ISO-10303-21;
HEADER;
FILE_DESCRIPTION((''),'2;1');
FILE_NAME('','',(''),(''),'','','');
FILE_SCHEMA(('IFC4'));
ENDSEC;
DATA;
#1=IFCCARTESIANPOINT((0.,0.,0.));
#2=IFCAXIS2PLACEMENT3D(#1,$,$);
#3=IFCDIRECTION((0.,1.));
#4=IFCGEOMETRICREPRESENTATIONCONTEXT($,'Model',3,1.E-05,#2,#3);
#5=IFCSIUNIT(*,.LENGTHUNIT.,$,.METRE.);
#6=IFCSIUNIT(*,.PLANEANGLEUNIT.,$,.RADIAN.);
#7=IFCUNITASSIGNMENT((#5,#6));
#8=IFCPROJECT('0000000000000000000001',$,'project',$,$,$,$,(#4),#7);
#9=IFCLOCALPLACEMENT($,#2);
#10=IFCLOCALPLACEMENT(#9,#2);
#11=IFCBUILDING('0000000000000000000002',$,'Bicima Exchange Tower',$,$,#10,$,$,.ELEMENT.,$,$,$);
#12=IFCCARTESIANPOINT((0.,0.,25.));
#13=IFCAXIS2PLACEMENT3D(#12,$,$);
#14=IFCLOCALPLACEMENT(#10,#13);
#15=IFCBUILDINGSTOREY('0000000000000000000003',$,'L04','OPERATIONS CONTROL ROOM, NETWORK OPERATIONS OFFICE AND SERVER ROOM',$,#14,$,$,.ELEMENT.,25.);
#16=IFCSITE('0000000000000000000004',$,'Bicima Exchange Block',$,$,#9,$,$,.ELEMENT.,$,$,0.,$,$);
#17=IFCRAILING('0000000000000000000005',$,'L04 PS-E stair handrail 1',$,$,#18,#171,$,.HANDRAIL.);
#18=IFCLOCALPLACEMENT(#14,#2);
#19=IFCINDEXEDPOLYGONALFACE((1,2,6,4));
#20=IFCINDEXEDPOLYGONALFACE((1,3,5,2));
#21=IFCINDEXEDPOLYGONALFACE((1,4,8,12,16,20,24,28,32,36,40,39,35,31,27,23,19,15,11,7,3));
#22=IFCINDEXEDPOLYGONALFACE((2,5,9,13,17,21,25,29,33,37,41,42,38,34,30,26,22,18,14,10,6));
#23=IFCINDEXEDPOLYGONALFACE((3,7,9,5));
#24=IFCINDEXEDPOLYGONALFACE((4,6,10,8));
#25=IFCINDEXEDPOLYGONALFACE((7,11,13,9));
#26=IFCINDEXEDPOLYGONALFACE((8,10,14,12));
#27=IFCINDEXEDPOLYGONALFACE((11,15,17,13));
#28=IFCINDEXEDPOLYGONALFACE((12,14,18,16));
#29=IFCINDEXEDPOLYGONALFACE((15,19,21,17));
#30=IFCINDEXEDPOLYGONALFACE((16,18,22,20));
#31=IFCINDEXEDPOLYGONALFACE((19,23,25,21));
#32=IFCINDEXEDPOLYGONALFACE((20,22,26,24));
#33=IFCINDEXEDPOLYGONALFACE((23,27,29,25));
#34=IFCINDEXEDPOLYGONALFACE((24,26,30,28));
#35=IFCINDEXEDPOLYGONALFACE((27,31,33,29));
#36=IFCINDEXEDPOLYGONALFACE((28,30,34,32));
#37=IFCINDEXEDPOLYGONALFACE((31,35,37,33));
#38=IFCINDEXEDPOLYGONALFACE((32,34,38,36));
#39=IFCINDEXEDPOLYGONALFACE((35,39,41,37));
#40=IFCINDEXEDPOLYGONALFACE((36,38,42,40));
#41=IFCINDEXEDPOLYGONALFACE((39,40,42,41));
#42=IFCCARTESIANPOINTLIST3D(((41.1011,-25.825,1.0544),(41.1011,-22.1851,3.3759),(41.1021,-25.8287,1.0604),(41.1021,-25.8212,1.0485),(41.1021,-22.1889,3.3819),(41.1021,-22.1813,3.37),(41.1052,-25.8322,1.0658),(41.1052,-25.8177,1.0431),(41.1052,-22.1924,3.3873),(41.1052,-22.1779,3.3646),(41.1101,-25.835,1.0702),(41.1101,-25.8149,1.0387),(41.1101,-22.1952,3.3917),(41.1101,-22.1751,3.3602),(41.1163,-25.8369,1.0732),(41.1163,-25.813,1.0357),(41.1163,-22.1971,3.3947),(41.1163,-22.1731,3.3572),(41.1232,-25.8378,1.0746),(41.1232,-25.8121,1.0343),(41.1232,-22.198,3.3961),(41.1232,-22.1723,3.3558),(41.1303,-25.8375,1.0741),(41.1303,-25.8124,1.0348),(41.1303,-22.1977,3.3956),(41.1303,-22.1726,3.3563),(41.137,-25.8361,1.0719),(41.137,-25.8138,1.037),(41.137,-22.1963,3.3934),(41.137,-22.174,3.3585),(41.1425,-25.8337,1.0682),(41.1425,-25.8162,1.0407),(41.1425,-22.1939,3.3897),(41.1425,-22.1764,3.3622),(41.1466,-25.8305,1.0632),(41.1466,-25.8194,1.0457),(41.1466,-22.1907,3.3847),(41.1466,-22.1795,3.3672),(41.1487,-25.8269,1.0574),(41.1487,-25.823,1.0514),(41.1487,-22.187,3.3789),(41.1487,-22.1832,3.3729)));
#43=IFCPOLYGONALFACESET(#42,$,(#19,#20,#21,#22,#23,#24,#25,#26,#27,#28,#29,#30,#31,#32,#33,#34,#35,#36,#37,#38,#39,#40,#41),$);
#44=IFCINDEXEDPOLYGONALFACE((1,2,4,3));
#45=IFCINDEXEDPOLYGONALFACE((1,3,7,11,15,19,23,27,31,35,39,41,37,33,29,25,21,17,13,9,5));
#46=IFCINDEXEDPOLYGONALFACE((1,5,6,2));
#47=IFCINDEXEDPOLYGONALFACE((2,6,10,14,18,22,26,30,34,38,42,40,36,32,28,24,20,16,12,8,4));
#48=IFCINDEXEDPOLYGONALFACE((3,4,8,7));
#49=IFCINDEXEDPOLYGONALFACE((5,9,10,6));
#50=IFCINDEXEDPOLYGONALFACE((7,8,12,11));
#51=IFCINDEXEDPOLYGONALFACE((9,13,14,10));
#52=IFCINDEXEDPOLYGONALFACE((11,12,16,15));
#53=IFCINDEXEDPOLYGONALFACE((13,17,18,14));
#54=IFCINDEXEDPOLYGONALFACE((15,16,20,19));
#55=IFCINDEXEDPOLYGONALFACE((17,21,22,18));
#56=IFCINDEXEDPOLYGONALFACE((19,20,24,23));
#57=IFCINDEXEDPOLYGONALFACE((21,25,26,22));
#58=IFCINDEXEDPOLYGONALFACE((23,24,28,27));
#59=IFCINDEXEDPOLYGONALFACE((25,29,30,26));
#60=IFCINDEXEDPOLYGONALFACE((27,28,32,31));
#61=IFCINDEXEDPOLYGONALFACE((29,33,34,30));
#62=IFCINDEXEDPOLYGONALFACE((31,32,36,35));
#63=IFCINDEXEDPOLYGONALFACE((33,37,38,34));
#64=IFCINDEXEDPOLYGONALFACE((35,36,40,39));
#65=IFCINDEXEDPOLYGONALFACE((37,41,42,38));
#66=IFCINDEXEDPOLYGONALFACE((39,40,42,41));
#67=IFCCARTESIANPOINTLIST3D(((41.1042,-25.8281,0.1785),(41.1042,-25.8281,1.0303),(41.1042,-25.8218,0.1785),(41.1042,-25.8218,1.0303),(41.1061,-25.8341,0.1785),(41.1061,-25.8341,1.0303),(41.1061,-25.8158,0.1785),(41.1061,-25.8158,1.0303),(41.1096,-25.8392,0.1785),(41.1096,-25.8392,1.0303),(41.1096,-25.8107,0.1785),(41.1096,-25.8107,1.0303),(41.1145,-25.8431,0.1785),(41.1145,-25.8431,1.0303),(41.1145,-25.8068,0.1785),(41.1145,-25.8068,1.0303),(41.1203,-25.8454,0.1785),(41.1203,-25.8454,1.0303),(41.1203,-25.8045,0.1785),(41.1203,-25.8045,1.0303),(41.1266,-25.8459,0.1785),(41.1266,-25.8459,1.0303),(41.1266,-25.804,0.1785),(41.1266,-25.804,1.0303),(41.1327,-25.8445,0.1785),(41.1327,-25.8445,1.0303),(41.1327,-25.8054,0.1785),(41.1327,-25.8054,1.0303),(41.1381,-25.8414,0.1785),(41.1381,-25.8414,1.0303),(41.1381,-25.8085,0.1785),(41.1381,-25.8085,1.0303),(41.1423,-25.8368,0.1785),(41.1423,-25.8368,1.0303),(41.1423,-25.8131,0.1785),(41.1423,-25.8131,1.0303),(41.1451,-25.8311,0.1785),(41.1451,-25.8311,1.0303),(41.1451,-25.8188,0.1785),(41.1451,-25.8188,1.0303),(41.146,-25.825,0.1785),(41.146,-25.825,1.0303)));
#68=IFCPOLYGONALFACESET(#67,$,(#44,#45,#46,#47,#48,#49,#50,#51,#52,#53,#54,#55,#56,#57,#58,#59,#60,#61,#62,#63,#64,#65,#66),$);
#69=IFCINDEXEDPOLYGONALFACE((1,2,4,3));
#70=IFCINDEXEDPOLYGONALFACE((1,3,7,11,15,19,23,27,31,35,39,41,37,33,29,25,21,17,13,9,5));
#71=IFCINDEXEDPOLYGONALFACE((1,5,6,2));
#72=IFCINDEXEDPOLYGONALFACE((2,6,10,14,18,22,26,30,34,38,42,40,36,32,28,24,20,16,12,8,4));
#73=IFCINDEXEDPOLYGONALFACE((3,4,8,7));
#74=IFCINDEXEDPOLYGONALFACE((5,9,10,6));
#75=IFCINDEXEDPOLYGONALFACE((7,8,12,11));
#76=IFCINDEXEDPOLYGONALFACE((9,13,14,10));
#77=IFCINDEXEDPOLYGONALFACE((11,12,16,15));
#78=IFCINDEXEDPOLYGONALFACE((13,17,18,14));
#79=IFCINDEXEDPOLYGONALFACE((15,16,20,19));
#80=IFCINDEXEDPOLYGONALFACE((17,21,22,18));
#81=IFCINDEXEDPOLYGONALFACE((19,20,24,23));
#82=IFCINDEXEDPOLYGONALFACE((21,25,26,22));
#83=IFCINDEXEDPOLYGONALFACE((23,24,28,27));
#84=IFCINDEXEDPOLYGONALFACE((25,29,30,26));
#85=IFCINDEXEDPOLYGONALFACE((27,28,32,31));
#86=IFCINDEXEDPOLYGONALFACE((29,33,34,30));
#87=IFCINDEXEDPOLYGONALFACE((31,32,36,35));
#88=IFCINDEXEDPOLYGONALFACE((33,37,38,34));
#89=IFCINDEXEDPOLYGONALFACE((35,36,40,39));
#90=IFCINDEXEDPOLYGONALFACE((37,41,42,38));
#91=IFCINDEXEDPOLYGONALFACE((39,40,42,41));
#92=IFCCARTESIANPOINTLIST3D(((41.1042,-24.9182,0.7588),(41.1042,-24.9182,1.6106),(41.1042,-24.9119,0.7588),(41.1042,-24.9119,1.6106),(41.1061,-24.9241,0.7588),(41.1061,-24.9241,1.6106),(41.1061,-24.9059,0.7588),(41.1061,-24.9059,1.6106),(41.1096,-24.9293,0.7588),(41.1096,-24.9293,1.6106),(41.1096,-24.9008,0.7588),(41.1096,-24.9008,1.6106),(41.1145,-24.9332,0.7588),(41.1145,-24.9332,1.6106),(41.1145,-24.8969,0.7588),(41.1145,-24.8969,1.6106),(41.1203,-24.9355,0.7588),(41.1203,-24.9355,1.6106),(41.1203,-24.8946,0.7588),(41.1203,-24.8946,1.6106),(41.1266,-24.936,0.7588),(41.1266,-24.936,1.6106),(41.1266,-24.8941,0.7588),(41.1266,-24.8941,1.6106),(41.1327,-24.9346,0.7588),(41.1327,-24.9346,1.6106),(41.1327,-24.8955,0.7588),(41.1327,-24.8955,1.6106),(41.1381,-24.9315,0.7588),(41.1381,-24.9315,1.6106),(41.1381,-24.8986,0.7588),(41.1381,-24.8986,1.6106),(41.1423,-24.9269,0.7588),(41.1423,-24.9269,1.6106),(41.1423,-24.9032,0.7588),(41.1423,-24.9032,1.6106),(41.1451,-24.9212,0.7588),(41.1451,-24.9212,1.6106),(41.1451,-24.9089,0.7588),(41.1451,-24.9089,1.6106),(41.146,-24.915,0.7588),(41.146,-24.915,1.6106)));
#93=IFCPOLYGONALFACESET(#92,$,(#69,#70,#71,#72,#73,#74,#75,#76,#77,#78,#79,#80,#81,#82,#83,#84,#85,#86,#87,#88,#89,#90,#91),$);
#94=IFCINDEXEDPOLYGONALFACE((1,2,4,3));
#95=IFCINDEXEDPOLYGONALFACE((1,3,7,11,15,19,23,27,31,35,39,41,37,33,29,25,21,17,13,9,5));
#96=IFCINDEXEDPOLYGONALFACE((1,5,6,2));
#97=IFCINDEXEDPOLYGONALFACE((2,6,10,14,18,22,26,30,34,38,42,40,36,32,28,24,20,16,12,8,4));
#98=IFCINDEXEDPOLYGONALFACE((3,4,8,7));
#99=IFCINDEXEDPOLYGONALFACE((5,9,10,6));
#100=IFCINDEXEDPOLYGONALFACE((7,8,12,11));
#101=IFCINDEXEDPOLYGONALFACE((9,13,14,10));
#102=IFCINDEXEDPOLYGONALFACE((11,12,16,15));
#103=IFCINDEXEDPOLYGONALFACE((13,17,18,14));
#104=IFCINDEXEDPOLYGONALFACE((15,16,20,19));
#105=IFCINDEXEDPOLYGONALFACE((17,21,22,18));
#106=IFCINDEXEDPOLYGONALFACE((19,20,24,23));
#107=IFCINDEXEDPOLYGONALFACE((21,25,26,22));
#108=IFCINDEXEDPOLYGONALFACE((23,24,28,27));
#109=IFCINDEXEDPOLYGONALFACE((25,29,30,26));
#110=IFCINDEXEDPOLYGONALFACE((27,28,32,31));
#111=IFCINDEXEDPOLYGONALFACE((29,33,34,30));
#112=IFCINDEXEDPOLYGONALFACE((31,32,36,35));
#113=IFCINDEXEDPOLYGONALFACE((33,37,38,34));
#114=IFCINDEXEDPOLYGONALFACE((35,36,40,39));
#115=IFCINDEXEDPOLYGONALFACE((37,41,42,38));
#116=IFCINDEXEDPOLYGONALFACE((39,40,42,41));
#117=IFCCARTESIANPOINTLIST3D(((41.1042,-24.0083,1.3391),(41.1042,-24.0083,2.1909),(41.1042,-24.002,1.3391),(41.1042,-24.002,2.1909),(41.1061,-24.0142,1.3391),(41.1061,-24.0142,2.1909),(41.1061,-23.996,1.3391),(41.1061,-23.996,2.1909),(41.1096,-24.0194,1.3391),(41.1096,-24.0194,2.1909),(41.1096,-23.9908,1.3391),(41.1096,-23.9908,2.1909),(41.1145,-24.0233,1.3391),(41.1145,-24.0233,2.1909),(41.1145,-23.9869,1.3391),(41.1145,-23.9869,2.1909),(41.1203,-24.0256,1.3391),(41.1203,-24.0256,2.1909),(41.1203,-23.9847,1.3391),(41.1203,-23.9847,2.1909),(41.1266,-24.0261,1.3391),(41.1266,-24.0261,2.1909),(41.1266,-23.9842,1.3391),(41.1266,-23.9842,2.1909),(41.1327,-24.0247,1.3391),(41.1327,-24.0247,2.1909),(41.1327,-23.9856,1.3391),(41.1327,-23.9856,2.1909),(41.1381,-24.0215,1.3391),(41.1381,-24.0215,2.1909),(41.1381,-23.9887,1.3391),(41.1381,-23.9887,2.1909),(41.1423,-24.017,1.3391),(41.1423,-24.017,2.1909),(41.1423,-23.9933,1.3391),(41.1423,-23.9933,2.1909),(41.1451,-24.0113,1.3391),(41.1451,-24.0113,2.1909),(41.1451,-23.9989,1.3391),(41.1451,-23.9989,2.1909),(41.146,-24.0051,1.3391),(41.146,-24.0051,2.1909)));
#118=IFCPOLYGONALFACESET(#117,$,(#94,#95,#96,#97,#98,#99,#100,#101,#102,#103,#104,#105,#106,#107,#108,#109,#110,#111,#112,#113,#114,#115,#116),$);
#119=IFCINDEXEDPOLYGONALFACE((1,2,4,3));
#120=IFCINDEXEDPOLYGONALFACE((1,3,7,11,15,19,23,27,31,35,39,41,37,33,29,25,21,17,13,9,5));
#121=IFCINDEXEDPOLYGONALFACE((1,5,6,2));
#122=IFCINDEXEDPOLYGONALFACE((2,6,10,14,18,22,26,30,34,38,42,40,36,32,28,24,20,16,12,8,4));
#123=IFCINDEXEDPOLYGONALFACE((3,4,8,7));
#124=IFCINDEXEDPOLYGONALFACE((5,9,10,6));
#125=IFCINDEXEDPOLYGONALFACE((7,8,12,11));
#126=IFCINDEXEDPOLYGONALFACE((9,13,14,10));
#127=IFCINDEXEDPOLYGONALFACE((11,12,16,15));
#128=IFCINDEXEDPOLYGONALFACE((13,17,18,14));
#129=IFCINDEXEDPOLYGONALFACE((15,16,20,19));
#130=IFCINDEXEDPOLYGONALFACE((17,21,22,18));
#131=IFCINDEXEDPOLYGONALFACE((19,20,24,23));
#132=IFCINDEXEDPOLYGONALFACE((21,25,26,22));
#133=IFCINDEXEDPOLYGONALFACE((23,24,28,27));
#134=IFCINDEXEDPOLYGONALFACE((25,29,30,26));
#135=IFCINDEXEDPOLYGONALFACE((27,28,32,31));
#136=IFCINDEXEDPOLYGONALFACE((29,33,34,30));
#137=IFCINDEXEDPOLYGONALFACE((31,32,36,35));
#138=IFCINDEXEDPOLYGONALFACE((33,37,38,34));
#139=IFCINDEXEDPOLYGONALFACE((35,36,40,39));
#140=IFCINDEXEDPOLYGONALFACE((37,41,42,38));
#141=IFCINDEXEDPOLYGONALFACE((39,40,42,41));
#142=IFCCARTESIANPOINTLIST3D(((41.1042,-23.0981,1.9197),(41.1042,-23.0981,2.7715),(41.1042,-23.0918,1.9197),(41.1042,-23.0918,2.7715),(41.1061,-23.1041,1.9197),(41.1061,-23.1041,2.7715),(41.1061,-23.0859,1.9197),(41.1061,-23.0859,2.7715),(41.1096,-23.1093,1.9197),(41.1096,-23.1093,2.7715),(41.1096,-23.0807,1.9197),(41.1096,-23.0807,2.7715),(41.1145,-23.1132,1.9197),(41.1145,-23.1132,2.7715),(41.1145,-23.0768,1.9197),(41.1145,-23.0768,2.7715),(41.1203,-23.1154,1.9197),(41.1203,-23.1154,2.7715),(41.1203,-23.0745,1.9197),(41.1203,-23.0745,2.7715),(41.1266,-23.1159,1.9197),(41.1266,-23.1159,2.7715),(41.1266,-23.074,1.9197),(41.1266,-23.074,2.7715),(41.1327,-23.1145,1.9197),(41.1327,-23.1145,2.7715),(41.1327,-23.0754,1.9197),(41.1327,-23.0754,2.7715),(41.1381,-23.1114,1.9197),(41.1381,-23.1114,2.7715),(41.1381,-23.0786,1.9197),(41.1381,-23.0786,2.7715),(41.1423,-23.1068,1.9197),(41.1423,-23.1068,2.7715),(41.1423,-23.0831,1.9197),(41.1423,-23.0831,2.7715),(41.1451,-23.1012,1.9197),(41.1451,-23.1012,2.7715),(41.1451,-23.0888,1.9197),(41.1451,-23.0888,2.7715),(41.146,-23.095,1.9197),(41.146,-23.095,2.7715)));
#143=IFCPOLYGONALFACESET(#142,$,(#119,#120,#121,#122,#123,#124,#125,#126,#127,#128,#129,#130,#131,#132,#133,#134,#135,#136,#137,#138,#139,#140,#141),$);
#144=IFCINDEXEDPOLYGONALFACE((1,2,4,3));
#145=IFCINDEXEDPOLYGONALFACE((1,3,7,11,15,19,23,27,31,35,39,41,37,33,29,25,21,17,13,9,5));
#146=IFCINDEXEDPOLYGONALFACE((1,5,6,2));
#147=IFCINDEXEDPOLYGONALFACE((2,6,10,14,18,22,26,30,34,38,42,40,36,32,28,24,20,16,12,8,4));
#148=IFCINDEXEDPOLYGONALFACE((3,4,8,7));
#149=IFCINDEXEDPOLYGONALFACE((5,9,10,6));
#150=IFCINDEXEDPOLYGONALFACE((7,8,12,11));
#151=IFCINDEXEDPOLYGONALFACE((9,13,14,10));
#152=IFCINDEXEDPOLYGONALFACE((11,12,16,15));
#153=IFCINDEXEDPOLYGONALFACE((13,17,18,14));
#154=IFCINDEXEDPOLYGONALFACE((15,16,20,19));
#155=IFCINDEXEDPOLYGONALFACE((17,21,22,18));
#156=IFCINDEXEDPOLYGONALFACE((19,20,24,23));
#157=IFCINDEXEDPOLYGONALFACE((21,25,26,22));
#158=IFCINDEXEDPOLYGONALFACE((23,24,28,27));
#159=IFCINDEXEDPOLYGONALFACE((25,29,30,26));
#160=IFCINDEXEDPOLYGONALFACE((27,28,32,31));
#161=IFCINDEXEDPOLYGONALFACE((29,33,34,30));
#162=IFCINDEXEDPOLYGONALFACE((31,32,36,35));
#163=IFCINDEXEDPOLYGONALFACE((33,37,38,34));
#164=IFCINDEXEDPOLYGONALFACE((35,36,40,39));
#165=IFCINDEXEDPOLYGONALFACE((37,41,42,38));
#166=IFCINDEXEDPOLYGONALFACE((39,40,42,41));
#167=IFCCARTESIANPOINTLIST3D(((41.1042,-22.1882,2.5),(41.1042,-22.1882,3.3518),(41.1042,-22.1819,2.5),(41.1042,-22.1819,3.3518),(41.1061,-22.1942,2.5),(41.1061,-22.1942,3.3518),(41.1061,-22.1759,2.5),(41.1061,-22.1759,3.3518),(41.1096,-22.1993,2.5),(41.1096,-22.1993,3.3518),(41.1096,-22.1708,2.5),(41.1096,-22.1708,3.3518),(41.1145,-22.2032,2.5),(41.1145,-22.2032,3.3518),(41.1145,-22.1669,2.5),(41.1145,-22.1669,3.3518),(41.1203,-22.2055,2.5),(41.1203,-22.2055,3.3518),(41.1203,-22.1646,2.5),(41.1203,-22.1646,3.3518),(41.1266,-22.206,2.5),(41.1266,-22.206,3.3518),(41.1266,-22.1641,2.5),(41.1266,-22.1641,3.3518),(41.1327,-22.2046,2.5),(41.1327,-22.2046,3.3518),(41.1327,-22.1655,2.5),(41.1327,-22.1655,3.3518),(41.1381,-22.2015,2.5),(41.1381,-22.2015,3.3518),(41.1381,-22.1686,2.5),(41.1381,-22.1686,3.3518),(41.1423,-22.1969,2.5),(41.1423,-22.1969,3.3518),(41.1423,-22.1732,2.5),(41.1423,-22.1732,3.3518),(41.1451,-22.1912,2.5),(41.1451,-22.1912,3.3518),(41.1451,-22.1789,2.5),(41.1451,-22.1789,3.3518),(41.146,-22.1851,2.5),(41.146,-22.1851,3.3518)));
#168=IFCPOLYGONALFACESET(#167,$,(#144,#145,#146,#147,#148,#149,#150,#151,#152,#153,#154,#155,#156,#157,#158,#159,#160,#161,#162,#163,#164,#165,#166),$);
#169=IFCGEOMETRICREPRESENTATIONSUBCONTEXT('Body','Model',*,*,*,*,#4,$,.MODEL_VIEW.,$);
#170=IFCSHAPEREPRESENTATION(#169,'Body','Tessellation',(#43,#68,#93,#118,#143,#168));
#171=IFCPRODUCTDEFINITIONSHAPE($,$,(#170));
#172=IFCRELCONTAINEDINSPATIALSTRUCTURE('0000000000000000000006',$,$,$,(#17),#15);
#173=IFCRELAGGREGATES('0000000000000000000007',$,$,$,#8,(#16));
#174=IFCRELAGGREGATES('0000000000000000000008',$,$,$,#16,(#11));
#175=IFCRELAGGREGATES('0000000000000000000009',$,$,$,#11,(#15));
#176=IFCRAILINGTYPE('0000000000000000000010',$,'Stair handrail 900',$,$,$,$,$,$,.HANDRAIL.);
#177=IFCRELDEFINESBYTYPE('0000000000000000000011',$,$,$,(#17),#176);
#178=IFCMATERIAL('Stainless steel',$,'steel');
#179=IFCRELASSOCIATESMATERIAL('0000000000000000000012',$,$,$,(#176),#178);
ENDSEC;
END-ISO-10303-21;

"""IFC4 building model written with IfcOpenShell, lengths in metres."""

from ifc_helpers import new_model, si_unit, direction, frame, origin, origin_2d, place, context, subcontext, project, spatial, circle, extrude, material, type_object, element, save


model = new_model("IFC4")

# Units and contexts
model_context = context("Model", 3, precision=1e-05, world=origin(), true_north=direction((0.0, 1.0)))
body_context = subcontext(model_context, "Body", "Model", "MODEL_VIEW")
ifc_project = project(units=[si_unit("LENGTHUNIT", "METRE"), si_unit("PLANEANGLEUNIT", "RADIAN")], contexts=[model_context])

# Site, building, storey
site_placement = place(None, origin())
site = spatial("IfcSite", under=ifc_project, at=site_placement, Name="Bicima Exchange Block", CompositionType="ELEMENT", RefElevation=0.0)
building_placement = place(site_placement, origin())
building = spatial("IfcBuilding", under=site, at=building_placement, Name="Bicima Exchange Tower", CompositionType="ELEMENT")
storey_placement = place(building_placement, frame((0.0, 0.0, 25.0)))
storey = spatial("IfcBuildingStorey", under=building, at=storey_placement, Name="L04", Description="OPERATIONS CONTROL ROOM, NETWORK OPERATIONS OFFICE AND SERVER ROOM", CompositionType="ELEMENT", Elevation=25.0)

# Railing
ifc_material_1 = material(Name="Stainless steel", Category="steel")
railing_type_1 = type_object("IfcRailingType", Name="Stair handrail 900", PredefinedType="HANDRAIL", material=ifc_material_1)
railing_1_placement = place(storey_placement, frame((41.125, -25.825, 0.1785)))
element("IfcRailing", 1, at=railing_1_placement, inside=storey, type_object=railing_type_1, Name="L04 PS-E stair handrail 1", PredefinedType="HANDRAIL", context=body_context, shape_type="SweptSolid", body=[
    extrude(circle(Radius=0.0239, at=origin_2d()), frame((0.0, 0.0, 0.876), z_axis=(0.0, 0.843112, 0.537739), x_axis=(-1.0, 0.0, 0.0)), (0.0, 0.0, 1.0), 4.3171),
    extrude(circle(Radius=0.021, at=origin_2d()), origin(), (0.0, 0.0, 1.0), 0.8518),
    extrude(circle(Radius=0.021, at=origin_2d()), frame((0.0, 0.9099, 0.5803)), (0.0, 0.0, 1.0), 0.8518),
    extrude(circle(Radius=0.021, at=origin_2d()), frame((0.0, 1.8198, 1.1606)), (0.0, 0.0, 1.0), 0.8518),
    extrude(circle(Radius=0.021, at=origin_2d()), frame((0.0, 2.73, 1.7412)), (0.0, 0.0, 1.0), 0.8518),
    extrude(circle(Radius=0.021, at=origin_2d()), frame((0.0, 3.6399, 2.3215)), (0.0, 0.0, 1.0), 0.8518),
])

save(model, "model.ifc")
